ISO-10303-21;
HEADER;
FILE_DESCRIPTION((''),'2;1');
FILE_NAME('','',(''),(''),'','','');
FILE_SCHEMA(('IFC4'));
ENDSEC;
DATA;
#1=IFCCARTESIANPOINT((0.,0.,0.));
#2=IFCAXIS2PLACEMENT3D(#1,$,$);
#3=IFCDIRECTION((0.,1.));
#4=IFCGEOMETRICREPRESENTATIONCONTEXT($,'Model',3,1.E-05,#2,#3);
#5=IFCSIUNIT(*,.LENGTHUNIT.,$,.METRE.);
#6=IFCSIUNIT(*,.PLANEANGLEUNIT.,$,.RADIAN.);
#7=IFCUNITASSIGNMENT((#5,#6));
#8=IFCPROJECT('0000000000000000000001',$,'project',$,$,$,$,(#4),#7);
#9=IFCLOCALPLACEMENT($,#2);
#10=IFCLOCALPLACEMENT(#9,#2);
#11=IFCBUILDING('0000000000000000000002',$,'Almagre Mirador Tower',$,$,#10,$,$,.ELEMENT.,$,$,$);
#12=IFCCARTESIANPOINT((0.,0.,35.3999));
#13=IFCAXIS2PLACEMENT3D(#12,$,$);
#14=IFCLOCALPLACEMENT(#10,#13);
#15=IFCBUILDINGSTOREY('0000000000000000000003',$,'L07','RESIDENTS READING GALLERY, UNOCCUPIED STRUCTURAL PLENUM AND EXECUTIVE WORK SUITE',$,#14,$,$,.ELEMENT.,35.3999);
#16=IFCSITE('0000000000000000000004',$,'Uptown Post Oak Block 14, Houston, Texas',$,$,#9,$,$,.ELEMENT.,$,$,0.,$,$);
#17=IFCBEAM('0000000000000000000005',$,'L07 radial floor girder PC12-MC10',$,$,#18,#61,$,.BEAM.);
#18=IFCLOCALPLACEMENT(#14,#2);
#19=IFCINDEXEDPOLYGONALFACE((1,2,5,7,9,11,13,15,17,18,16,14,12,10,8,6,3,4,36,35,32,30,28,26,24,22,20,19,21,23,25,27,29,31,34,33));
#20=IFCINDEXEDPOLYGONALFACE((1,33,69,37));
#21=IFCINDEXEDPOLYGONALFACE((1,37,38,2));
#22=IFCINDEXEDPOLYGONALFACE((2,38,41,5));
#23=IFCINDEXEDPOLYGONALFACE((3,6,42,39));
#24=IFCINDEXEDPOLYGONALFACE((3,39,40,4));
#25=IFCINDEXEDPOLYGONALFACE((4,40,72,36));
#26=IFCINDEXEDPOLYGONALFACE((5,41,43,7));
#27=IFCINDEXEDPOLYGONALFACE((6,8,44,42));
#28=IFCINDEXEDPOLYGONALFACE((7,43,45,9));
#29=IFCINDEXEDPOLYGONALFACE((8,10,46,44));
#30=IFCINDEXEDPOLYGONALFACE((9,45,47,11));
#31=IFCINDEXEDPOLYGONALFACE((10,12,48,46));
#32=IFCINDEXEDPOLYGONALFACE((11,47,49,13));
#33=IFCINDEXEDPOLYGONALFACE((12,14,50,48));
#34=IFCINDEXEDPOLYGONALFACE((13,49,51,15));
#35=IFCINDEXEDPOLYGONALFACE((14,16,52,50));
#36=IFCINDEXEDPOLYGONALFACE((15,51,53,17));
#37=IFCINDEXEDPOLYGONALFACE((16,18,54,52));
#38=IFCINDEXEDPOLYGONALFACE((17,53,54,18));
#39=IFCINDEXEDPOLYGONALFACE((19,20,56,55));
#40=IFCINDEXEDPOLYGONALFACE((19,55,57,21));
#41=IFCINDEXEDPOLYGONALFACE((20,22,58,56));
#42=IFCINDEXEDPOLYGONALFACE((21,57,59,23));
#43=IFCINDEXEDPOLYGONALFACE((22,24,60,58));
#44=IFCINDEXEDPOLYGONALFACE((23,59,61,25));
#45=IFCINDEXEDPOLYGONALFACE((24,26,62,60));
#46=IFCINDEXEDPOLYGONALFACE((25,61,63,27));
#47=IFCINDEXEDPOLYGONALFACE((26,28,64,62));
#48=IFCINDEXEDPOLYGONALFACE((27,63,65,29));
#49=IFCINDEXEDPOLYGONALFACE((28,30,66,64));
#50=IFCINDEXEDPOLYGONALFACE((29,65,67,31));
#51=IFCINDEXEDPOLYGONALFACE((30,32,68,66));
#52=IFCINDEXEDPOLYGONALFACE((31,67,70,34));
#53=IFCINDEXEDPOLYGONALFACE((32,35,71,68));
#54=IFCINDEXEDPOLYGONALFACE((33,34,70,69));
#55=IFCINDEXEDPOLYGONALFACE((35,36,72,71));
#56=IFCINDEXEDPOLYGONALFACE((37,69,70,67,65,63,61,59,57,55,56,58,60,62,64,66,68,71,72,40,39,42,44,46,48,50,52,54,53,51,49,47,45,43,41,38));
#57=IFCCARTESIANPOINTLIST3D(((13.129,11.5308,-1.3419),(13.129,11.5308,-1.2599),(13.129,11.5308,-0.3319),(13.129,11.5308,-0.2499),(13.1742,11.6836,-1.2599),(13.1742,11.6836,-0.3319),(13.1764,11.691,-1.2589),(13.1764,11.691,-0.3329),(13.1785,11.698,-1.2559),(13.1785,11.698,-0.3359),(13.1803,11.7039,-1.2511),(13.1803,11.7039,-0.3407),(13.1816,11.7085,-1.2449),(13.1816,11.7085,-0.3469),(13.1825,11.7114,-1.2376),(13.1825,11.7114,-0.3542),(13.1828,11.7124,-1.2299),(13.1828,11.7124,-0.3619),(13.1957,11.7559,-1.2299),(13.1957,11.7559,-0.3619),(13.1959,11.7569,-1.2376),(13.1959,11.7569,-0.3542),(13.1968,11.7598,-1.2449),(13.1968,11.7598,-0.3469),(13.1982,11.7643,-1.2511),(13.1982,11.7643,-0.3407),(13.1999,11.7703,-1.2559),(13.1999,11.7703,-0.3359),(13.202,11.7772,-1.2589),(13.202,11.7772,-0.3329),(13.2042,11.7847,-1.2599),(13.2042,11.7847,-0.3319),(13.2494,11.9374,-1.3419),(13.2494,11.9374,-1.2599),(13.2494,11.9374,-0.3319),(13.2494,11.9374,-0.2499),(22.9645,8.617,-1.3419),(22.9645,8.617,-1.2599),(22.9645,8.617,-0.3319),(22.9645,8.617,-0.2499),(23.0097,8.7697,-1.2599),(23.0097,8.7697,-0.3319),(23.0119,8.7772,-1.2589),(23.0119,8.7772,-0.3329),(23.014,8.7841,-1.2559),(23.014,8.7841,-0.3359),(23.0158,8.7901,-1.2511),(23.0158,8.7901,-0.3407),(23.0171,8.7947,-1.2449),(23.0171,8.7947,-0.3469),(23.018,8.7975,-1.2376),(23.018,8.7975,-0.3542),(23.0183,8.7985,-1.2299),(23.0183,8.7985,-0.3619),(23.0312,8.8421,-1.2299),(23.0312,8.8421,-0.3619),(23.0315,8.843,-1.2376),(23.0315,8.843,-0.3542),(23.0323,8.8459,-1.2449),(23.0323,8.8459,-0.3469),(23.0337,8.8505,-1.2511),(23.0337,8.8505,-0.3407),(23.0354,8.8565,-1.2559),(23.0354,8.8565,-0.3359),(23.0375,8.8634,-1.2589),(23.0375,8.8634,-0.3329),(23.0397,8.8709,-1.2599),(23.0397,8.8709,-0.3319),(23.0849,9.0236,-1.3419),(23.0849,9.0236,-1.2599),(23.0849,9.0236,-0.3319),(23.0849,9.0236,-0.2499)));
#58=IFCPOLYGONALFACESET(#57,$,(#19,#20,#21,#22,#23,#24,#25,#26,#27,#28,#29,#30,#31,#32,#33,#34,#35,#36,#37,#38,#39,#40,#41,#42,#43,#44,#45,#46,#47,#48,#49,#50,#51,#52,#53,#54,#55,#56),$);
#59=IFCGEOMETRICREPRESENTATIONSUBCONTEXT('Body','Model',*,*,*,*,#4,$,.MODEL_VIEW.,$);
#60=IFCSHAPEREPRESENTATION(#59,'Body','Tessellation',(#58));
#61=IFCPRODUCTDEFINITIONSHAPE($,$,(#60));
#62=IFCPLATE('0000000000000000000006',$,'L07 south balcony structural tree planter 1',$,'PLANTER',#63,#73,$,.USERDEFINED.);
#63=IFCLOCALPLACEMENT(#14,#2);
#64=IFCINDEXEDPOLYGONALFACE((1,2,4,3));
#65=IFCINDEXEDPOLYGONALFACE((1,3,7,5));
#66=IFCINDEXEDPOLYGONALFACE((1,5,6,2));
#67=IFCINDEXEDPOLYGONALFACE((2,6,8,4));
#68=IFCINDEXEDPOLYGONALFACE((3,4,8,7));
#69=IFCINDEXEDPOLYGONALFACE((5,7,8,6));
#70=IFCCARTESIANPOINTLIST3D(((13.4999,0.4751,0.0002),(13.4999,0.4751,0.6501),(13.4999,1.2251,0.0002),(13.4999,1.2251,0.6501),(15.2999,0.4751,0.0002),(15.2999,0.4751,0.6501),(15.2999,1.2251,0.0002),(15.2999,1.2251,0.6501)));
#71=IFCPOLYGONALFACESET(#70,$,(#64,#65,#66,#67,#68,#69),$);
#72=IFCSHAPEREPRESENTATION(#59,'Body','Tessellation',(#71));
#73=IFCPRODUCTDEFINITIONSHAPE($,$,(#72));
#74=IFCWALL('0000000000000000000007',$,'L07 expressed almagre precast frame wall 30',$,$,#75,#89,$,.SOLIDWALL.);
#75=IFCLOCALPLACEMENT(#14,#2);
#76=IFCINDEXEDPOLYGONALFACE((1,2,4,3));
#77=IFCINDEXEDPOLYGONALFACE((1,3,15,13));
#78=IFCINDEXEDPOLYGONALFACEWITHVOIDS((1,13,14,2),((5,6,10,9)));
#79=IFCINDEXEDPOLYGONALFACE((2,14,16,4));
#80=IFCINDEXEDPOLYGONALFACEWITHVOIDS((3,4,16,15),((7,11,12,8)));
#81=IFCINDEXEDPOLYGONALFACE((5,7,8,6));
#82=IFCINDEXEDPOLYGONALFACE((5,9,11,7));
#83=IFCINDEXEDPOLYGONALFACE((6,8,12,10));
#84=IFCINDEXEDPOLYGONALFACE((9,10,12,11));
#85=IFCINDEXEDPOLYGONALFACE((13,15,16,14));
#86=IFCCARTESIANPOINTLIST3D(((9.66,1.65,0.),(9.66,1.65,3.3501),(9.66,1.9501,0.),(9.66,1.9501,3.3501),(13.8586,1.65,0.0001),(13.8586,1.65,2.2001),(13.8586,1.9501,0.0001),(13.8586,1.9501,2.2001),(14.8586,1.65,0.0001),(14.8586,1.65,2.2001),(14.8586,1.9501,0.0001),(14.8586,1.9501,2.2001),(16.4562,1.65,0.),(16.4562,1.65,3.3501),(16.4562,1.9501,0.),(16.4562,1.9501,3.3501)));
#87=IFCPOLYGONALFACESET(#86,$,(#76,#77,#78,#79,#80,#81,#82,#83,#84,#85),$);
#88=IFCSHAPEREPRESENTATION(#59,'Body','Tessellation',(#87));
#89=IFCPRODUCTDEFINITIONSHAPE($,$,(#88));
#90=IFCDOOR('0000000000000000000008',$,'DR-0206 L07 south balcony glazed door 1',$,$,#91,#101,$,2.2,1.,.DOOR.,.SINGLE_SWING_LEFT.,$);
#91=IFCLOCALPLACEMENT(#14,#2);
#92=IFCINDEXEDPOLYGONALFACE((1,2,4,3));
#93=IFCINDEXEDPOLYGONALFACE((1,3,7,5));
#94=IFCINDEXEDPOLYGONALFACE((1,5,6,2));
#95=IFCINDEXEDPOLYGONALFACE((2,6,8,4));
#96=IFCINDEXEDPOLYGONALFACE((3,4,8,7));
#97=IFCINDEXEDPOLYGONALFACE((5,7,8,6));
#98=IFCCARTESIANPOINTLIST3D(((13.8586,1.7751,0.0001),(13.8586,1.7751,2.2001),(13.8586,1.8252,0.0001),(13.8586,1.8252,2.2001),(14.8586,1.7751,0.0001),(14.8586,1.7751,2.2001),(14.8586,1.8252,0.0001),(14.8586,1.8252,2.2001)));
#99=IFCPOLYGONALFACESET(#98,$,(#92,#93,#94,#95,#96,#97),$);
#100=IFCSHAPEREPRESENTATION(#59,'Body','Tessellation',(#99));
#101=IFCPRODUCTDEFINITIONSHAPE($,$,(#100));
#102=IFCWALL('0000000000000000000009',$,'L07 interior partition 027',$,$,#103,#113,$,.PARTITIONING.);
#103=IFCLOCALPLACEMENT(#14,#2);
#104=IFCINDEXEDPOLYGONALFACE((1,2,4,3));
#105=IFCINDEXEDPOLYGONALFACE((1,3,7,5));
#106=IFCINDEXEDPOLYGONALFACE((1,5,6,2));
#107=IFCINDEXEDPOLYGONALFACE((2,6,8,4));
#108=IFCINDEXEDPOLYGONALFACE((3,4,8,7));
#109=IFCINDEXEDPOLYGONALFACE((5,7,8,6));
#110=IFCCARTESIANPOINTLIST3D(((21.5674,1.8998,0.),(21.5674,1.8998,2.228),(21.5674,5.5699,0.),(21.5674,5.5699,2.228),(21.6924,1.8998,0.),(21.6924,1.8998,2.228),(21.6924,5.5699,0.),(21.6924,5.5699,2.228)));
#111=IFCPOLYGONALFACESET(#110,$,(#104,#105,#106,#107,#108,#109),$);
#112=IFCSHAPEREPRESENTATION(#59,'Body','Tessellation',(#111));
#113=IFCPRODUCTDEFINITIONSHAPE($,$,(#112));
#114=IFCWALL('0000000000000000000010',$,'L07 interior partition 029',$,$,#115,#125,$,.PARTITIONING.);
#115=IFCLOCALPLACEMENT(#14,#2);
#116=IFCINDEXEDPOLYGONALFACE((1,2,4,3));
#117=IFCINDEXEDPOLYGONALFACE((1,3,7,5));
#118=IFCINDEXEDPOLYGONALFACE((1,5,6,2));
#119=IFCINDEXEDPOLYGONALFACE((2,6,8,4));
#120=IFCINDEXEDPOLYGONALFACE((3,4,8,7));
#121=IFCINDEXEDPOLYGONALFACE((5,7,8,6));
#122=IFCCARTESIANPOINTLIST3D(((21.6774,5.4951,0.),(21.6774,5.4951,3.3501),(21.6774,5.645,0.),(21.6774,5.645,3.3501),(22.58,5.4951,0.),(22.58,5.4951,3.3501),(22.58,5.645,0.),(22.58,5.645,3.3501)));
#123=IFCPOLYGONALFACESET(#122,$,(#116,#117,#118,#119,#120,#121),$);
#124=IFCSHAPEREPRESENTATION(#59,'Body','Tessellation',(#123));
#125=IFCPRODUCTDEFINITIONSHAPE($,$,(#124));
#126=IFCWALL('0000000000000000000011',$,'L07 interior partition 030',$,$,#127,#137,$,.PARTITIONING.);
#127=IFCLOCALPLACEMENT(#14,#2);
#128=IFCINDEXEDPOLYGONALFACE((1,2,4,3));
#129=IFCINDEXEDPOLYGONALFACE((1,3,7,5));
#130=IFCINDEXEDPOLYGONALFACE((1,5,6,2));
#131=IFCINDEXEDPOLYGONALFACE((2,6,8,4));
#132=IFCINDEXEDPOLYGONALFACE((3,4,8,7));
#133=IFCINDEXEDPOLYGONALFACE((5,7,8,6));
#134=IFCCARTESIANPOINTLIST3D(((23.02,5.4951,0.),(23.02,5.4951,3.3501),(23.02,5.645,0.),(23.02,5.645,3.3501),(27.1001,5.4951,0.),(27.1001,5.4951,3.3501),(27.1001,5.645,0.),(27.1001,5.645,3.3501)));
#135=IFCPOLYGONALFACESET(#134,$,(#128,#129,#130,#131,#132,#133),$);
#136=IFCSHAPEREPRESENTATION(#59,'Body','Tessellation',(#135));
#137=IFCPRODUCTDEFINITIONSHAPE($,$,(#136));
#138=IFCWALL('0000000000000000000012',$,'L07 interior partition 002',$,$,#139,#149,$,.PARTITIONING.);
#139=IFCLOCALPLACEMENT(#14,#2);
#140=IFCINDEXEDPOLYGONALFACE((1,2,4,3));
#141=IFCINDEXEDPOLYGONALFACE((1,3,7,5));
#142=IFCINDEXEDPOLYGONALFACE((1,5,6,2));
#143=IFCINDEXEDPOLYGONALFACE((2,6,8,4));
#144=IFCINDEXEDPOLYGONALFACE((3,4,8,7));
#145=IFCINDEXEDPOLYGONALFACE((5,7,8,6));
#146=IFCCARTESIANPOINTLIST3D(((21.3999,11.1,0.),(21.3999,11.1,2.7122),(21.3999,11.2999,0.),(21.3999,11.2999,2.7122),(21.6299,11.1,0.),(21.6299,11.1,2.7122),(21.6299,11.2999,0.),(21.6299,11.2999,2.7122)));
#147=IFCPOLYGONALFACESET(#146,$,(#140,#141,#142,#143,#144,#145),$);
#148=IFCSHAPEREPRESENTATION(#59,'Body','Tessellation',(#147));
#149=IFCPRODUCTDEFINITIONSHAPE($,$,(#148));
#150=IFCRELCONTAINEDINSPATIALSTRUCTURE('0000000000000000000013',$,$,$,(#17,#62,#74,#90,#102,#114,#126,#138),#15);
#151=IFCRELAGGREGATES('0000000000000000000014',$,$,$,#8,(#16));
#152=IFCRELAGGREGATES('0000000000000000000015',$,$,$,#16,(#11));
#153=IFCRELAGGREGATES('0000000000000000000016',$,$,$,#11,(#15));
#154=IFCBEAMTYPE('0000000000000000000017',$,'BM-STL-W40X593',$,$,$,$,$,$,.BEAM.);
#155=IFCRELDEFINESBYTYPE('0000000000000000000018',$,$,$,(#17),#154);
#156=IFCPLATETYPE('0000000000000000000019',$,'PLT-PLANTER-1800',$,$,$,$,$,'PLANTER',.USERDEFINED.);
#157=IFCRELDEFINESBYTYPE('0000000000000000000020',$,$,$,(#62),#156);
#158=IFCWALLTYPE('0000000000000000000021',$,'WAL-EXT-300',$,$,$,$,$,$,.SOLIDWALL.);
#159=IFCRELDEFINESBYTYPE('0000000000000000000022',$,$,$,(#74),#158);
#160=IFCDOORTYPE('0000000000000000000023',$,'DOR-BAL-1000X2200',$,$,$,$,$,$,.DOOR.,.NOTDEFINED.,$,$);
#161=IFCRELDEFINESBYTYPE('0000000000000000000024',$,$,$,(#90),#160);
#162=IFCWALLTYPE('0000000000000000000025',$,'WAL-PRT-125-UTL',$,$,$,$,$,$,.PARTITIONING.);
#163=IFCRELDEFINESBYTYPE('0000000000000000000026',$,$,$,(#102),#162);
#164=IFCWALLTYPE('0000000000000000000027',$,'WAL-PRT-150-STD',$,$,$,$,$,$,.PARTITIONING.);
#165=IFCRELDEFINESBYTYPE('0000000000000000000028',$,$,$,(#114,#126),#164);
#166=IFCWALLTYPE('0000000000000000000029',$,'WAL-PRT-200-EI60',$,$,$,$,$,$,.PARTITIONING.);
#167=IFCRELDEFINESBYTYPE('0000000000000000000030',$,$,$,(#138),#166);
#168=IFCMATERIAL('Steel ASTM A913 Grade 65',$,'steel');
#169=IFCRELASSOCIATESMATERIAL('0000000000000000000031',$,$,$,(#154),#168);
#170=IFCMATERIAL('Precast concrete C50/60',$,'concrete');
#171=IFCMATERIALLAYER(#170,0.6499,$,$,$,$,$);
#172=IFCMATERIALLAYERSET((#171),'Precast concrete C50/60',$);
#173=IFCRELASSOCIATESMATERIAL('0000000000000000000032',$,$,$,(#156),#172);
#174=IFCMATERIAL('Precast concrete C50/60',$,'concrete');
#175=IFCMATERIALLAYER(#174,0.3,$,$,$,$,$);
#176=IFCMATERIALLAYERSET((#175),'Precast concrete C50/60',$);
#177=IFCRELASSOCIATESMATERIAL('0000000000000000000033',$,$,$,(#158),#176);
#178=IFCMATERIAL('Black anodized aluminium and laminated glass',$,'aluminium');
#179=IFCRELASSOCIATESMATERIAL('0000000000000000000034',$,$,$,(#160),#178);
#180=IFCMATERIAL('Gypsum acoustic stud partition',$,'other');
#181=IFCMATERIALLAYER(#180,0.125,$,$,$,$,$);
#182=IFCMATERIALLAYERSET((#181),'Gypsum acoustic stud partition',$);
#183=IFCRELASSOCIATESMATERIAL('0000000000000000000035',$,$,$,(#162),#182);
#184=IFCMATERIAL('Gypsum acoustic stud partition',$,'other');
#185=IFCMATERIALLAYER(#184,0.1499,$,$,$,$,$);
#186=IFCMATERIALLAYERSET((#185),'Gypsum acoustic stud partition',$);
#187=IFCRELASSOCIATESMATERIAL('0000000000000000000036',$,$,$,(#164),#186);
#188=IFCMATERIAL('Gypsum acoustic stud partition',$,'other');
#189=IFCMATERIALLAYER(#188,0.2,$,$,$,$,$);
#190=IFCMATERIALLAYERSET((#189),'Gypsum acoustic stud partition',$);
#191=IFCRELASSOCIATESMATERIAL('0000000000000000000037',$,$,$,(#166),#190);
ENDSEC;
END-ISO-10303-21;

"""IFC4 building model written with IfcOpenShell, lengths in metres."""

from ifc_helpers import new_model, si_unit, direction, frame, frame_2d, origin, origin_2d, place, context, subcontext, project, spatial, rectangle, i_section, extrude, material, layer, layer_set, material_profile, profile_set, type_object, element, fill, save


model = new_model("IFC4")

# Units and contexts
model_context = context("Model", 3, precision=1e-05, world=origin(), true_north=direction((0.0, 1.0)))
body_context = subcontext(model_context, "Body", "Model", "MODEL_VIEW")
ifc_project = project(units=[si_unit("LENGTHUNIT", "METRE"), si_unit("PLANEANGLEUNIT", "RADIAN")], contexts=[model_context])

# Site, building, storey
site_placement = place(None, origin())
site = spatial("IfcSite", under=ifc_project, at=site_placement, Name="Uptown Post Oak Block 14, Houston, Texas", CompositionType="ELEMENT", RefElevation=0.0)
building_placement = place(site_placement, origin())
building = spatial("IfcBuilding", under=site, at=building_placement, Name="Almagre Mirador Tower", CompositionType="ELEMENT")
storey_placement = place(building_placement, frame((0.0, 0.0, 35.3999)))
storey = spatial("IfcBuildingStorey", under=building, at=storey_placement, Name="L07", Description="RESIDENTS READING GALLERY, UNOCCUPIED STRUCTURAL PLENUM AND EXECUTIVE WORK SUITE", CompositionType="ELEMENT", Elevation=35.3999)

# Beam
ifc_material_1 = material(Name="Steel ASTM A913 Grade 65", Category="steel")
ifc_material_profile_1 = material_profile(ifc_material_1, i_section(OverallWidth=0.4241, OverallDepth=1.092, WebThickness=0.0454, FlangeThickness=0.082, FilletRadius=0.03, at=origin_2d()), Name="W40X593")
ifc_profile_set_1 = profile_set([ifc_material_profile_1], Name="Steel ASTM A913 Grade 65")
beam_type_1 = type_object("IfcBeamType", Name="BM-STL-W40X593", PredefinedType="BEAM", material=ifc_profile_set_1)
beam_1_placement = place(storey_placement, frame((13.1892, 11.7341, -0.7959), z_axis=(0.958808, -0.284053, 0.0), x_axis=(0.284053, 0.958808, 0.0)))
element("IfcBeam", 1, at=beam_1_placement, inside=storey, type_object=beam_type_1, Name="L07 radial floor girder PC12-MC10", PredefinedType="BEAM", context=body_context, shape_type="SweptSolid", body=[
    extrude(i_section(OverallWidth=0.4241, OverallDepth=1.092, WebThickness=0.0454, FlangeThickness=0.082, FilletRadius=0.03, at=origin_2d()), origin(), (0.0, 0.0, 1.0), 10.2581),
])

# Plate
ifc_material_2 = material(Name="Precast concrete C50/60", Category="concrete")
ifc_layer_1 = layer(ifc_material_2, 0.6499)
ifc_layer_set_1 = layer_set([ifc_layer_1], Name="Precast concrete C50/60")
plate_type = type_object("IfcPlateType", Name="PLT-PLANTER-1800", ElementType="PLANTER", PredefinedType="USERDEFINED", material=ifc_layer_set_1)
plate_placement = place(storey_placement, frame((14.3999, 0.8501, 0.0002), z_axis=(0.0, 0.0, 1.0), x_axis=(1.0, 0.0, 0.0)))
element("IfcPlate", 2, at=plate_placement, inside=storey, type_object=plate_type, Name="L07 south balcony structural tree planter 1", ObjectType="PLANTER", PredefinedType="USERDEFINED", context=body_context, shape_type="SweptSolid", body=[
    extrude(rectangle(XDim=1.8, YDim=0.75, at=origin_2d()), origin(), (0.0, 0.0, 1.0), 0.6499),
])

# Wall, opening, door
ifc_material_3 = material(Name="Precast concrete C50/60", Category="concrete")
ifc_layer_2 = layer(ifc_material_3, 0.3)
ifc_layer_set_2 = layer_set([ifc_layer_2], Name="Precast concrete C50/60")
wall_type_1 = type_object("IfcWallType", Name="WAL-EXT-300", PredefinedType="SOLIDWALL", material=ifc_layer_set_2)
wall_1_placement = place(storey_placement, frame((16.4561, 1.8, 0.0), z_axis=(0.0, 0.0, 1.0), x_axis=(-1.0, 0.0, 0.0)))
wall_1 = element("IfcWall", 3, at=wall_1_placement, inside=storey, type_object=wall_type_1, Name="L07 expressed almagre precast frame wall 30", PredefinedType="SOLIDWALL", context=body_context, shape_type="SweptSolid", body=[
    extrude(rectangle(XDim=6.7961, YDim=0.3, at=frame_2d((3.3979, 0.0))), origin(), (0.0, 0.0, 1.0), 3.3501),
])
opening_1_placement = place(wall_1_placement, frame((1.5974, 0.0, 0.0)))
opening_1 = element("IfcOpeningElement", 4, at=opening_1_placement, cuts=wall_1, PredefinedType="OPENING", context=body_context, shape_type="SweptSolid", body=[
    extrude(rectangle(XDim=1.0, YDim=2.2, at=frame_2d((0.5, 1.1001))), frame((0.0, 0.1599, 0.0), z_axis=(0.0, -1.0, 0.0), x_axis=(1.0, 0.0, 0.0)), (0.0, 0.0, 1.0), 0.32),
])
ifc_material_4 = material(Name="Black anodized aluminium and laminated glass", Category="aluminium")
door_type_1 = type_object("IfcDoorType", Name="DOR-BAL-1000X2200", OperationType="NOTDEFINED", PredefinedType="DOOR", material=ifc_material_4)
door_1_placement = place(opening_1_placement, origin())
door_1 = element("IfcDoor", 5, at=door_1_placement, inside=storey, type_object=door_type_1, Name="DR-0206 L07 south balcony glazed door 1", OperationType="SINGLE_SWING_LEFT", OverallHeight=2.2, OverallWidth=1.0, PredefinedType="DOOR", context=body_context, shape_type="SweptSolid", body=[
    extrude(rectangle(XDim=1.0, YDim=2.2, at=frame_2d((0.5, 1.1001))), frame((0.0, 0.0249, 0.0), z_axis=(0.0, -1.0, 0.0), x_axis=(1.0, 0.0, 0.0)), (0.0, 0.0, 1.0), 0.05),
])
fill(opening_1, door_1)

# Walls
ifc_material_5 = material(Name="Gypsum acoustic stud partition", Category="other")
ifc_layer_3 = layer(ifc_material_5, 0.125)
ifc_layer_set_3 = layer_set([ifc_layer_3], Name="Gypsum acoustic stud partition")
wall_type_2 = type_object("IfcWallType", Name="WAL-PRT-125-UTL", PredefinedType="PARTITIONING", material=ifc_layer_set_3)
wall_2_placement = place(storey_placement, frame((21.6299, 1.8999, 0.0), z_axis=(0.0, 0.0, 1.0), x_axis=(0.0, 1.0, 0.0)))
element("IfcWall", 6, at=wall_2_placement, inside=storey, type_object=wall_type_2, Name="L07 interior partition 027", PredefinedType="PARTITIONING", context=body_context, shape_type="SweptSolid", body=[
    extrude(rectangle(XDim=3.6702, YDim=0.125, at=frame_2d((1.835, 0.0))), origin(), (0.0, 0.0, 1.0), 2.228),
])
ifc_material_6 = material(Name="Gypsum acoustic stud partition", Category="other")
ifc_layer_4 = layer(ifc_material_6, 0.1499)
ifc_layer_set_4 = layer_set([ifc_layer_4], Name="Gypsum acoustic stud partition")
wall_type_3 = type_object("IfcWallType", Name="WAL-PRT-150-STD", PredefinedType="PARTITIONING", material=ifc_layer_set_4)
wall_3_placement = place(storey_placement, frame((21.6775, 5.5701, 0.0), z_axis=(0.0, 0.0, 1.0), x_axis=(1.0, 0.0, 0.0)))
element("IfcWall", 7, at=wall_3_placement, inside=storey, type_object=wall_type_3, Name="L07 interior partition 029", PredefinedType="PARTITIONING", context=body_context, shape_type="SweptSolid", body=[
    extrude(rectangle(XDim=0.9026, YDim=0.1499, at=frame_2d((0.4512, 0.0))), origin(), (0.0, 0.0, 1.0), 3.3501),
])
wall_4_placement = place(storey_placement, frame((23.02, 5.5701, 0.0), z_axis=(0.0, 0.0, 1.0), x_axis=(1.0, 0.0, 0.0)))
element("IfcWall", 8, at=wall_4_placement, inside=storey, type_object=wall_type_3, Name="L07 interior partition 030", PredefinedType="PARTITIONING", context=body_context, shape_type="SweptSolid", body=[
    extrude(rectangle(XDim=4.0801, YDim=0.1499, at=frame_2d((2.04, 0.0))), origin(), (0.0, 0.0, 1.0), 3.3501),
])
ifc_material_7 = material(Name="Gypsum acoustic stud partition", Category="other")
ifc_layer_5 = layer(ifc_material_7, 0.2)
ifc_layer_set_5 = layer_set([ifc_layer_5], Name="Gypsum acoustic stud partition")
wall_type_4 = type_object("IfcWallType", Name="WAL-PRT-200-EI60", PredefinedType="PARTITIONING", material=ifc_layer_set_5)
wall_5_placement = place(storey_placement, frame((21.3999, 11.2, 0.0), z_axis=(0.0, 0.0, 1.0), x_axis=(1.0, 0.0, 0.0)))
element("IfcWall", 9, at=wall_5_placement, inside=storey, type_object=wall_type_4, Name="L07 interior partition 002", PredefinedType="PARTITIONING", context=body_context, shape_type="SweptSolid", body=[
    extrude(rectangle(XDim=0.23, YDim=0.2, at=frame_2d((0.115, 0.0))), origin(), (0.0, 0.0, 1.0), 2.7122),
])

save(model, "model.ifc")
